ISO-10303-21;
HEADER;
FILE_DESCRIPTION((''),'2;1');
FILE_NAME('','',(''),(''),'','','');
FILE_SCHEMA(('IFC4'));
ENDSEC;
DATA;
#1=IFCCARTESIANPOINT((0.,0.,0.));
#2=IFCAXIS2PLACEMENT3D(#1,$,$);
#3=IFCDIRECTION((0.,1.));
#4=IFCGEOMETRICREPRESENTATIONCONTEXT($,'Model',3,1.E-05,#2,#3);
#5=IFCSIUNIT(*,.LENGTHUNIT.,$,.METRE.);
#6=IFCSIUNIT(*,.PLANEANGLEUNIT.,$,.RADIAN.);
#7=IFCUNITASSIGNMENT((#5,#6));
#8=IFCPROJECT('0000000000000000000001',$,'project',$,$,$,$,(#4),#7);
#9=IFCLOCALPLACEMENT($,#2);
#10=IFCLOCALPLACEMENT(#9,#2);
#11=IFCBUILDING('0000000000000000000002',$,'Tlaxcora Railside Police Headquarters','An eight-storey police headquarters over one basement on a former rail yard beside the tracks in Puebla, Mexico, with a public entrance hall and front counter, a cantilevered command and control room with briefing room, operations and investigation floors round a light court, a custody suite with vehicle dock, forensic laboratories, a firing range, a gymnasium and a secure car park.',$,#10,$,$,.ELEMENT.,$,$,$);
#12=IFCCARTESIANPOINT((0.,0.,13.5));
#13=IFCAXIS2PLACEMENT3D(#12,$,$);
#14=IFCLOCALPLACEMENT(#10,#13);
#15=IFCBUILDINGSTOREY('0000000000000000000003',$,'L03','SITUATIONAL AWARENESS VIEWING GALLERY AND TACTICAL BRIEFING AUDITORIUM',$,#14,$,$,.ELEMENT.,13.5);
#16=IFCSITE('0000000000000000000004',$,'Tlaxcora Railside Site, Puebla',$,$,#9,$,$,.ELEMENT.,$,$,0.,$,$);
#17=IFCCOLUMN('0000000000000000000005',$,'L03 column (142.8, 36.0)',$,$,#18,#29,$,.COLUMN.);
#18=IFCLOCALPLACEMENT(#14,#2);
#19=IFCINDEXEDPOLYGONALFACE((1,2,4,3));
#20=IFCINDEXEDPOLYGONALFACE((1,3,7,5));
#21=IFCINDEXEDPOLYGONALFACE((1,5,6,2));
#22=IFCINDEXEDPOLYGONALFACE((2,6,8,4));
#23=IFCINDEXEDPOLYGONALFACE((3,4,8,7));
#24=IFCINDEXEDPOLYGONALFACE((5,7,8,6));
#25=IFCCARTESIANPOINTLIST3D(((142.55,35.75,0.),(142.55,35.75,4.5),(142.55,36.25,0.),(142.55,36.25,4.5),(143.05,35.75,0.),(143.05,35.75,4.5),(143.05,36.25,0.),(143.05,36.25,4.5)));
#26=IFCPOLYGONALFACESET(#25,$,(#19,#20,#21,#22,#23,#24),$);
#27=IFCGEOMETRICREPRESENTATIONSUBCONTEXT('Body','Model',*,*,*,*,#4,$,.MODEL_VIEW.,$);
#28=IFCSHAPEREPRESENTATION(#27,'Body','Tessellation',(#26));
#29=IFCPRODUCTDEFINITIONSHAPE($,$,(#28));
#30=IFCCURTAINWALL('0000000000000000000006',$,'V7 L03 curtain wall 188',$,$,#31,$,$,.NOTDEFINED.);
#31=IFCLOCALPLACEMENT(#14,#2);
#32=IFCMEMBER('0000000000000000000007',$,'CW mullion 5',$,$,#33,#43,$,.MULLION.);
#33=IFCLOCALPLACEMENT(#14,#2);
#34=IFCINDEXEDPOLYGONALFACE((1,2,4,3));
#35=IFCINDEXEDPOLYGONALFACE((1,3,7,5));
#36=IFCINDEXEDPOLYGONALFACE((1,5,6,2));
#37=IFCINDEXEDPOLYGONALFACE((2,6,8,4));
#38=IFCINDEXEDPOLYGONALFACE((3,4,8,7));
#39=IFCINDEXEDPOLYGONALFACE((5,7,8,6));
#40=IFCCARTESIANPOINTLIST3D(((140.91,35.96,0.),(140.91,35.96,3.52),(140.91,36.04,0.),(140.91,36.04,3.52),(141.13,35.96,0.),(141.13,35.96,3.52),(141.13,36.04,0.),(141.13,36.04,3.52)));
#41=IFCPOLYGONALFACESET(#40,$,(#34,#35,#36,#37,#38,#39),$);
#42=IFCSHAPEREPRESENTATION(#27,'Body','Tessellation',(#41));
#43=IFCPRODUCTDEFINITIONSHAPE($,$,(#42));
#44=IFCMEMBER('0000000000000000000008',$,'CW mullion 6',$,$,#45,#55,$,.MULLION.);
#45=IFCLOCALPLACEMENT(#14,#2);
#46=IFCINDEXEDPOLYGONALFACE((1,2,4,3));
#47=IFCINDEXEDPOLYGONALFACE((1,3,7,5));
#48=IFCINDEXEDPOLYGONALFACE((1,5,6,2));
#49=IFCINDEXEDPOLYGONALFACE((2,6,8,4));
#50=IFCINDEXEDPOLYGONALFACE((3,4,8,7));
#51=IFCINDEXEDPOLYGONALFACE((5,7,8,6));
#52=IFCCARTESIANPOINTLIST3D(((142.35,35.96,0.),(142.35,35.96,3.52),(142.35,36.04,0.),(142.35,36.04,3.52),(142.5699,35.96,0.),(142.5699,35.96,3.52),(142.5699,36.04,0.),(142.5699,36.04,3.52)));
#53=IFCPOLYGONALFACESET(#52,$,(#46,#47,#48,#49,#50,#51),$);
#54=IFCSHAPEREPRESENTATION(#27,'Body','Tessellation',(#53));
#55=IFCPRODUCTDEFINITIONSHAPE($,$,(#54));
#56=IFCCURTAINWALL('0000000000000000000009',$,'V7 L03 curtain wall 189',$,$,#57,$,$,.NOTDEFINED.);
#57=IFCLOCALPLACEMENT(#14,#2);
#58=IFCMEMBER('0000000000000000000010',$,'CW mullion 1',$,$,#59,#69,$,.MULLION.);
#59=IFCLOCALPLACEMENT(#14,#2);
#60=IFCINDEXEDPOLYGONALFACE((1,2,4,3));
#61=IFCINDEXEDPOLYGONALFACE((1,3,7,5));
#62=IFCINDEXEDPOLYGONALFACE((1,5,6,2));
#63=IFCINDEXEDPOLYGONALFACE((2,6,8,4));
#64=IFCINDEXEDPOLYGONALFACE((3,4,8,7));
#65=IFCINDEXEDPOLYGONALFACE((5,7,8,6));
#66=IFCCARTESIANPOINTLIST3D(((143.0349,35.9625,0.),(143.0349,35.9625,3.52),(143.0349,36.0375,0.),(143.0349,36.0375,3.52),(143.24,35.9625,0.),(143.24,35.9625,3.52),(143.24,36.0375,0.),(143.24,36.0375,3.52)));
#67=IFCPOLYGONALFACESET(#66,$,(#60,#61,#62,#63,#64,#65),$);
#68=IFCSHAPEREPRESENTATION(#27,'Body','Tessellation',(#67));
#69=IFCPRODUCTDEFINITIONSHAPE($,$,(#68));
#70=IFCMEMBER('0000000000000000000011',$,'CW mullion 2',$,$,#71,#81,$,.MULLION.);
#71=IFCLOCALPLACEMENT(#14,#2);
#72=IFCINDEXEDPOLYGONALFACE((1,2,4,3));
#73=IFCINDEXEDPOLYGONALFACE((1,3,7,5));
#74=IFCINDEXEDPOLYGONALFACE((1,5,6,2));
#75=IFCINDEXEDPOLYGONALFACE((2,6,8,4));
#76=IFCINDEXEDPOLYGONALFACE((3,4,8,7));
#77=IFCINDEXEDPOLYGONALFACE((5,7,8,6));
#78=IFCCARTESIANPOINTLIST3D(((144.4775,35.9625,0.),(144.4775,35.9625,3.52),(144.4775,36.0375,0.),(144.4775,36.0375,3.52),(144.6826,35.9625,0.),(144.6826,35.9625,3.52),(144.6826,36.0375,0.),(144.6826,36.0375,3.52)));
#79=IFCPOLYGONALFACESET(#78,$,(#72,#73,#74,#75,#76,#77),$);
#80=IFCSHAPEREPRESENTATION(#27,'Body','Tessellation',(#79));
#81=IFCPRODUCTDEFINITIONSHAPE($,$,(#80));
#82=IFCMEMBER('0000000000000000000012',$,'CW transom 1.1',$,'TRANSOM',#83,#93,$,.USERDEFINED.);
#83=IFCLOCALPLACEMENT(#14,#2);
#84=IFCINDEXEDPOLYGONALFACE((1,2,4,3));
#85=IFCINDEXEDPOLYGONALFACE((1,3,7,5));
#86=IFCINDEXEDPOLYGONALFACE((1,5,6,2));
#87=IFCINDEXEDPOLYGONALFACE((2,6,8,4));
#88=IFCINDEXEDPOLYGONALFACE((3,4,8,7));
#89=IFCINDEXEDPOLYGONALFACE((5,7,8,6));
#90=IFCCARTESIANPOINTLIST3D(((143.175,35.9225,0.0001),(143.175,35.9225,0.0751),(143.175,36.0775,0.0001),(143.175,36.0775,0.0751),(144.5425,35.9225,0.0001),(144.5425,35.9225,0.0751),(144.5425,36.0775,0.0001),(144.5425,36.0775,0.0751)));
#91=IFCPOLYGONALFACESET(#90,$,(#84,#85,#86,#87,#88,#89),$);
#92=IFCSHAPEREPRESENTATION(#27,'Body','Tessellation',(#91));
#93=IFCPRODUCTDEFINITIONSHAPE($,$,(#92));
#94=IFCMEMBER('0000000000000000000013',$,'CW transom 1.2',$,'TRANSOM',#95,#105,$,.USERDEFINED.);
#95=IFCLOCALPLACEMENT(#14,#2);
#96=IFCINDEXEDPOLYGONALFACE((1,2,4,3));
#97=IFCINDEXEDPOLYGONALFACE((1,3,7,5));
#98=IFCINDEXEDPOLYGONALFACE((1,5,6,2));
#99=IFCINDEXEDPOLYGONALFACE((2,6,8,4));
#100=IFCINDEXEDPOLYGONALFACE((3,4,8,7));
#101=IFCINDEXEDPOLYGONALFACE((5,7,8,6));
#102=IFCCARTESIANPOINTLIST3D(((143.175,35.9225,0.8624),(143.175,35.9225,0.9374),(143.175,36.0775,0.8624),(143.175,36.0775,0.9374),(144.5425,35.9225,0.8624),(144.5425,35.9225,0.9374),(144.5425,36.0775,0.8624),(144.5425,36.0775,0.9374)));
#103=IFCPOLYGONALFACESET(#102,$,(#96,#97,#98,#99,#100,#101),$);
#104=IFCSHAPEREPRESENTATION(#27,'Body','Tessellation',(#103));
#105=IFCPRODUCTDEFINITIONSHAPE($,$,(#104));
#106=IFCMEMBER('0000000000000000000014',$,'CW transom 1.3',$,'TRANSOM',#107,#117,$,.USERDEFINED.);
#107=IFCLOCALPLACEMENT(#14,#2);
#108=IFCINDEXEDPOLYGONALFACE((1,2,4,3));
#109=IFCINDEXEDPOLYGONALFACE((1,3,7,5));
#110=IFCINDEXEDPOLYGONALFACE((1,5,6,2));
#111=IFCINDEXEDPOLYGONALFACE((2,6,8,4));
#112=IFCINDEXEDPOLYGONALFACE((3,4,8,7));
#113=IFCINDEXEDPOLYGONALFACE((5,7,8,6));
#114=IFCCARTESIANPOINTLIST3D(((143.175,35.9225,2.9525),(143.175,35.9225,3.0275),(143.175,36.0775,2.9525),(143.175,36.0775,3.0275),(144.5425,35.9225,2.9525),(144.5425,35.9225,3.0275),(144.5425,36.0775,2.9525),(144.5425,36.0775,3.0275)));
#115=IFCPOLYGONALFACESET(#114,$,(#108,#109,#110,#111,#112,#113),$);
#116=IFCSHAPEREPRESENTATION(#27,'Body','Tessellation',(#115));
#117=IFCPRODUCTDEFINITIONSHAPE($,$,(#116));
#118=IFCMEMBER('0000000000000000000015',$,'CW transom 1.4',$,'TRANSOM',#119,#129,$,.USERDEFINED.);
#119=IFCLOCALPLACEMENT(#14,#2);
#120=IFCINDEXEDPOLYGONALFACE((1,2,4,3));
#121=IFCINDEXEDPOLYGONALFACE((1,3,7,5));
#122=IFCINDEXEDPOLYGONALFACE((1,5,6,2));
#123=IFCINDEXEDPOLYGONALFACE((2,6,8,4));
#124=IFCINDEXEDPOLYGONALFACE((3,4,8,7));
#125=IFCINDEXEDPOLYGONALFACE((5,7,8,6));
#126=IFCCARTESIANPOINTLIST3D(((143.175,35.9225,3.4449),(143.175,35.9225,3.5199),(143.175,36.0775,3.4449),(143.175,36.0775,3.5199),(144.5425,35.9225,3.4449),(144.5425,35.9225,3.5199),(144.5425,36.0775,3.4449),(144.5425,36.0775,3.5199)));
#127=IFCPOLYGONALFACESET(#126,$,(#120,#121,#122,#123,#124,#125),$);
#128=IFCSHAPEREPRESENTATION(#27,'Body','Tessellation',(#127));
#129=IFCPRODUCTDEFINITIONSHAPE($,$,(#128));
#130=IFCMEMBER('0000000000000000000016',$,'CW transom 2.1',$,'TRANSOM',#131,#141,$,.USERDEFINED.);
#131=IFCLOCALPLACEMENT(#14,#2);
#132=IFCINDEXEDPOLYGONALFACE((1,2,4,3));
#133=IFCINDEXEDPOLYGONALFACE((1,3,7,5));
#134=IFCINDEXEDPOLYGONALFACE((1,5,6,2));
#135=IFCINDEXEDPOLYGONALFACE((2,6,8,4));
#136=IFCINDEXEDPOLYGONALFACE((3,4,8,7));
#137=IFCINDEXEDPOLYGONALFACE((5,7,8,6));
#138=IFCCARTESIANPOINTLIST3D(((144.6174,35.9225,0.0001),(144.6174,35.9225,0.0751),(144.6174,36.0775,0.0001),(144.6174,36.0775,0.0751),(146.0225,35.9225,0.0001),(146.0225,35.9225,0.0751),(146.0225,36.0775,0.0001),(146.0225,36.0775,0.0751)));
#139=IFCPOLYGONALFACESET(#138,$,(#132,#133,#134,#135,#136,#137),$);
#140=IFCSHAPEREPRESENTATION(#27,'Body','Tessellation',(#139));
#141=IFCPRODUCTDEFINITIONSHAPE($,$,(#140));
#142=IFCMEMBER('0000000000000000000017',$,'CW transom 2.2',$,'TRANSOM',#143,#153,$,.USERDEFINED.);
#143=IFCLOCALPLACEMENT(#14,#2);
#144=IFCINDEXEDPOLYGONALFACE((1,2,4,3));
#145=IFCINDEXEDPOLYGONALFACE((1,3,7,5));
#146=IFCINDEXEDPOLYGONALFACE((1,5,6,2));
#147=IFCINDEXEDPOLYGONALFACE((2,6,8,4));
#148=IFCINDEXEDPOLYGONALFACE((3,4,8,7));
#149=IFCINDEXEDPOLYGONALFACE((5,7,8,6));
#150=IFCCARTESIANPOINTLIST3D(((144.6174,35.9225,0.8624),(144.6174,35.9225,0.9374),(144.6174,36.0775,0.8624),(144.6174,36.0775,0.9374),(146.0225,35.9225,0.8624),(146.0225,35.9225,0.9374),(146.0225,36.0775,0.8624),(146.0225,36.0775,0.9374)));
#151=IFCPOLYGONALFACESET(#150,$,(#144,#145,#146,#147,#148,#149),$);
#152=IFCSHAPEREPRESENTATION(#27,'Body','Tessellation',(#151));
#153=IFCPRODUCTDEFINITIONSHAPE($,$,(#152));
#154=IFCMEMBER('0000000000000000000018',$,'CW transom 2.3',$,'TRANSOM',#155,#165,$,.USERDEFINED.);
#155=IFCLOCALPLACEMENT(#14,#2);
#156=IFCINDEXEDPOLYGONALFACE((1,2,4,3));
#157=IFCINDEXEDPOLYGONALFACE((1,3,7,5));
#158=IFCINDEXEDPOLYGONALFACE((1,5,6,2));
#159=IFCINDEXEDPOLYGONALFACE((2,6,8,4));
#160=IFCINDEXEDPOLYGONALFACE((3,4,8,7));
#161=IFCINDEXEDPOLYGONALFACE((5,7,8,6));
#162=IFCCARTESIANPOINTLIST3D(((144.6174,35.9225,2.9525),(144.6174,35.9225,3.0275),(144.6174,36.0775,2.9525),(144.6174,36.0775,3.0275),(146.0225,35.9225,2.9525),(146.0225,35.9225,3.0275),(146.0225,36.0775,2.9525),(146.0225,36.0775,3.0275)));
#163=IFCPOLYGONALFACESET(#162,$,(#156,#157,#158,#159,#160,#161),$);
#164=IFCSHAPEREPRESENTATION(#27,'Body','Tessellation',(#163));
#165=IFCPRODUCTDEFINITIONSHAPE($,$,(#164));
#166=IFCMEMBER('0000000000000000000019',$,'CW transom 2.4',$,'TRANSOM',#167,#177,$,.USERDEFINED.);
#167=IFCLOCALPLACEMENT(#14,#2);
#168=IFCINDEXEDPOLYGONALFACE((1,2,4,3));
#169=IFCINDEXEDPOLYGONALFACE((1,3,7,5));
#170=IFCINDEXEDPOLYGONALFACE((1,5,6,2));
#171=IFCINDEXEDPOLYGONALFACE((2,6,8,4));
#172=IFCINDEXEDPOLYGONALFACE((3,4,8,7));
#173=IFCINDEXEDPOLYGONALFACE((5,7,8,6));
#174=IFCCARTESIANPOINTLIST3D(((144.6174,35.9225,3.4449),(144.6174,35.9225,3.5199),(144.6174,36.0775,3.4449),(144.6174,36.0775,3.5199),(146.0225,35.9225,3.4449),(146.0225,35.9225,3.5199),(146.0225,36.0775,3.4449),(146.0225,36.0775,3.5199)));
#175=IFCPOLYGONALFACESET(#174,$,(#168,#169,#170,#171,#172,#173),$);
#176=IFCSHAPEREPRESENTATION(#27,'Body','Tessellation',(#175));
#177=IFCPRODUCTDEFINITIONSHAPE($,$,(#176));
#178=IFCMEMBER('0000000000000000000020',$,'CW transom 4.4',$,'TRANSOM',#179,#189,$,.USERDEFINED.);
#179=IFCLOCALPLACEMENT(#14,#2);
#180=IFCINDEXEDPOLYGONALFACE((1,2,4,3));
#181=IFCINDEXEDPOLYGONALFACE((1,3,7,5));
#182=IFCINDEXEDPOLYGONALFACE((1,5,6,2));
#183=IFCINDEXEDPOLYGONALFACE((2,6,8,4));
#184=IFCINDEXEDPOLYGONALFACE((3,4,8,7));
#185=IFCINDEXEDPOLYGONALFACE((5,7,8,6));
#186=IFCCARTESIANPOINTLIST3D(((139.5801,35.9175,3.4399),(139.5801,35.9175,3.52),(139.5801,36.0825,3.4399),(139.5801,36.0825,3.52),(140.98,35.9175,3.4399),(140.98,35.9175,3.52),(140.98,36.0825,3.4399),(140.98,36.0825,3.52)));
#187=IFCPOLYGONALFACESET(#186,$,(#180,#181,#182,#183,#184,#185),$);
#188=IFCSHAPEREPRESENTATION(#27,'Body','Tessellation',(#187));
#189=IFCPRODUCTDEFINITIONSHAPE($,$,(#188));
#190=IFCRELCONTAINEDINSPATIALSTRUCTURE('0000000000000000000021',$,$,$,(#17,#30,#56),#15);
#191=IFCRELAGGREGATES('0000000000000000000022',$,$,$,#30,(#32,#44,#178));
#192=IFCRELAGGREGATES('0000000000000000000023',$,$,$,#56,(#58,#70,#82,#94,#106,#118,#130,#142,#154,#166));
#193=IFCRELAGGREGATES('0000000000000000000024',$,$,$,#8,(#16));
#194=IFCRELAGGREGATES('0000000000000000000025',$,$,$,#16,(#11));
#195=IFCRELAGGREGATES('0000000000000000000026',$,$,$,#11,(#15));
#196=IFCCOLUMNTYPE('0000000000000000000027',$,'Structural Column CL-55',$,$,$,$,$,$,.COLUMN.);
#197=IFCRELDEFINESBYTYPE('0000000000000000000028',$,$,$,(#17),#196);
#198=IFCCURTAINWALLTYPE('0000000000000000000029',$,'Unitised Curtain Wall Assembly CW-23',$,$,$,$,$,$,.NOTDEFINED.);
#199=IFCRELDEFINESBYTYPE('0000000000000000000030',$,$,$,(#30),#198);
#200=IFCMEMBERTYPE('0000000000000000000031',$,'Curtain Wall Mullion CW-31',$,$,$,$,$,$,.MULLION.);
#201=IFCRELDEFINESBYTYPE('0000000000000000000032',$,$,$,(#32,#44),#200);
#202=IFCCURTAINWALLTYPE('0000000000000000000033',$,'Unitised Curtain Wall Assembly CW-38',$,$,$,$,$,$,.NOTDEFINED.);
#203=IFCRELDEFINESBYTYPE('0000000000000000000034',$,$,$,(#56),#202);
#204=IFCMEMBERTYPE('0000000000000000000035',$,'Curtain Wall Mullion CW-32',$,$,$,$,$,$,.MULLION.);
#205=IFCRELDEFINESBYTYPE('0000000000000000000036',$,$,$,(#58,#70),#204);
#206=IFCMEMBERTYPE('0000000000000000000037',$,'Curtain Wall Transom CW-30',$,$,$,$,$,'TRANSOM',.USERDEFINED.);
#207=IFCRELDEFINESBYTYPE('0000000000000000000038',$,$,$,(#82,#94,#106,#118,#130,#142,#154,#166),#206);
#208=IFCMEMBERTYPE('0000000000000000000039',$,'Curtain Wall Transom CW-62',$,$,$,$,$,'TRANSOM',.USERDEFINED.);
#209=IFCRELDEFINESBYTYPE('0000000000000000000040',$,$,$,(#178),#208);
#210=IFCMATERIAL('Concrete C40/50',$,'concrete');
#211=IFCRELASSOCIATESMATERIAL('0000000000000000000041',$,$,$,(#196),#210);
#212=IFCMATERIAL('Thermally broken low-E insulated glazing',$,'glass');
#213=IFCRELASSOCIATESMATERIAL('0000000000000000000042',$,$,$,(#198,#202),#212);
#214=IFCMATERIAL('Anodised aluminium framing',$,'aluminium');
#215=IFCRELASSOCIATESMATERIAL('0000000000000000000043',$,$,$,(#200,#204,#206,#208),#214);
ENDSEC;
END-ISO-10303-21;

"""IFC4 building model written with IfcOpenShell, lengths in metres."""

from ifc_helpers import new_model, si_unit, direction, frame, origin, origin_2d, place, context, subcontext, project, spatial, rectangle, extrude, material, material_profile, profile_set, type_object, element, aggregate, save


model = new_model("IFC4")

# Units and contexts
model_context = context("Model", 3, precision=1e-05, world=origin(), true_north=direction((0.0, 1.0)))
body_context = subcontext(model_context, "Body", "Model", "MODEL_VIEW")
ifc_project = project(units=[si_unit("LENGTHUNIT", "METRE"), si_unit("PLANEANGLEUNIT", "RADIAN")], contexts=[model_context])

# Site, building, storey
site_placement = place(None, origin())
site = spatial("IfcSite", under=ifc_project, at=site_placement, Name="Tlaxcora Railside Site, Puebla", CompositionType="ELEMENT", RefElevation=0.0)
building_placement = place(site_placement, origin())
building = spatial("IfcBuilding", under=site, at=building_placement, Name="Tlaxcora Railside Police Headquarters", Description="An eight-storey police headquarters over one basement on a former rail yard beside the tracks in Puebla, Mexico, with a public entrance hall and front counter, a cantilevered command and control room with briefing room, operations and investigation floors round a light court, a custody suite with vehicle dock, forensic laboratories, a firing range, a gymnasium and a secure car park.", CompositionType="ELEMENT")
storey_placement = place(building_placement, frame((0.0, 0.0, 13.5)))
storey = spatial("IfcBuildingStorey", under=building, at=storey_placement, Name="L03", Description="SITUATIONAL AWARENESS VIEWING GALLERY AND TACTICAL BRIEFING AUDITORIUM", CompositionType="ELEMENT", Elevation=13.5)

# Column
ifc_material_1 = material(Name="Concrete C40/50", Category="concrete")
ifc_material_profile_1 = material_profile(ifc_material_1, rectangle(XDim=0.5, YDim=0.5, at=origin_2d()), Name="RC500X500")
ifc_profile_set_1 = profile_set([ifc_material_profile_1], Name="Concrete C40/50")
column_type = type_object("IfcColumnType", Name="Structural Column CL-55", PredefinedType="COLUMN", material=ifc_profile_set_1)
column_placement = place(storey_placement, frame((142.8, 36.0, 0.0), z_axis=(0.0, 0.0, 1.0), x_axis=(1.0, 0.0, 0.0)))
element("IfcColumn", 1, at=column_placement, inside=storey, type_object=column_type, Name="L03 column (142.8, 36.0)", PredefinedType="COLUMN", context=body_context, shape_type="SweptSolid", body=[
    extrude(rectangle(XDim=0.5, YDim=0.5, at=origin_2d()), origin(), (0.0, 0.0, 1.0), 4.5),
])

# Curtain walls, members
ifc_material_2 = material(Name="Thermally broken low-E insulated glazing", Category="glass")
curtain_wall_type_1 = type_object("IfcCurtainWallType", Name="Unitised Curtain Wall Assembly CW-23", PredefinedType="NOTDEFINED", material=ifc_material_2)
curtain_wall_1_placement = place(storey_placement, origin())
curtain_wall_1 = element("IfcCurtainWall", 2, at=curtain_wall_1_placement, inside=storey, type_object=curtain_wall_type_1, Name="V7 L03 curtain wall 188", PredefinedType="NOTDEFINED")
ifc_material_3 = material(Name="Anodised aluminium framing", Category="aluminium")
ifc_material_profile_2 = material_profile(ifc_material_3, rectangle(XDim=0.0801, YDim=0.22, at=origin_2d()), Name="AL80X220")
ifc_profile_set_2 = profile_set([ifc_material_profile_2], Name="Anodised aluminium framing")
member_type_1 = type_object("IfcMemberType", Name="Curtain Wall Mullion CW-31", PredefinedType="MULLION", material=ifc_profile_set_2)
member_1_placement = place(storey_placement, frame((141.02, 36.0, 0.0), z_axis=(0.0, 0.0, 1.0), x_axis=(0.0, 1.0, 0.0)))
member_1 = element("IfcMember", 3, at=member_1_placement, type_object=member_type_1, Name="CW mullion 5", PredefinedType="MULLION", context=body_context, shape_type="SweptSolid", body=[
    extrude(rectangle(XDim=0.0801, YDim=0.22, at=origin_2d()), origin(), (0.0, 0.0, 1.0), 3.52),
])
member_2_placement = place(storey_placement, frame((142.46, 36.0, 0.0), z_axis=(0.0, 0.0, 1.0), x_axis=(0.0, 1.0, 0.0)))
member_2 = element("IfcMember", 4, at=member_2_placement, type_object=member_type_1, Name="CW mullion 6", PredefinedType="MULLION", context=body_context, shape_type="SweptSolid", body=[
    extrude(rectangle(XDim=0.0801, YDim=0.22, at=origin_2d()), origin(), (0.0, 0.0, 1.0), 3.52),
])
curtain_wall_type_2 = type_object("IfcCurtainWallType", Name="Unitised Curtain Wall Assembly CW-38", PredefinedType="NOTDEFINED", material=ifc_material_2)
curtain_wall_2_placement = place(storey_placement, origin())
curtain_wall_2 = element("IfcCurtainWall", 5, at=curtain_wall_2_placement, inside=storey, type_object=curtain_wall_type_2, Name="V7 L03 curtain wall 189", PredefinedType="NOTDEFINED")
ifc_material_profile_3 = material_profile(ifc_material_3, rectangle(XDim=0.075, YDim=0.2051, at=origin_2d()), Name="AL75X205")
ifc_profile_set_3 = profile_set([ifc_material_profile_3], Name="Anodised aluminium framing")
member_type_2 = type_object("IfcMemberType", Name="Curtain Wall Mullion CW-32", PredefinedType="MULLION", material=ifc_profile_set_3)
member_3_placement = place(storey_placement, frame((143.1375, 36.0, 0.0), z_axis=(0.0, 0.0, 1.0), x_axis=(0.0, 1.0, 0.0)))
member_3 = element("IfcMember", 6, at=member_3_placement, type_object=member_type_2, Name="CW mullion 1", PredefinedType="MULLION", context=body_context, shape_type="SweptSolid", body=[
    extrude(rectangle(XDim=0.075, YDim=0.2051, at=origin_2d()), origin(), (0.0, 0.0, 1.0), 3.52),
])
member_4_placement = place(storey_placement, frame((144.5801, 36.0, 0.0), z_axis=(0.0, 0.0, 1.0), x_axis=(0.0, 1.0, 0.0)))
member_4 = element("IfcMember", 7, at=member_4_placement, type_object=member_type_2, Name="CW mullion 2", PredefinedType="MULLION", context=body_context, shape_type="SweptSolid", body=[
    extrude(rectangle(XDim=0.075, YDim=0.2051, at=origin_2d()), origin(), (0.0, 0.0, 1.0), 3.52),
])
ifc_material_profile_4 = material_profile(ifc_material_3, rectangle(XDim=0.155, YDim=0.075, at=origin_2d()), Name="AL75X155")
ifc_profile_set_4 = profile_set([ifc_material_profile_4], Name="Anodised aluminium framing")
member_type_3 = type_object("IfcMemberType", Name="Curtain Wall Transom CW-30", ElementType="TRANSOM", PredefinedType="USERDEFINED", material=ifc_profile_set_4)
member_5_placement = place(storey_placement, frame((143.175, 36.0, 0.0376), z_axis=(1.0, 0.0, 0.0), x_axis=(0.0, 1.0, 0.0)))
member_5 = element("IfcMember", 8, at=member_5_placement, type_object=member_type_3, Name="CW transom 1.1", ObjectType="TRANSOM", PredefinedType="USERDEFINED", context=body_context, shape_type="SweptSolid", body=[
    extrude(rectangle(XDim=0.155, YDim=0.075, at=origin_2d()), origin(), (0.0, 0.0, 1.0), 1.3674),
])
member_6_placement = place(storey_placement, frame((143.175, 36.0, 0.8999), z_axis=(1.0, 0.0, 0.0), x_axis=(0.0, 1.0, 0.0)))
member_6 = element("IfcMember", 9, at=member_6_placement, type_object=member_type_3, Name="CW transom 1.2", ObjectType="TRANSOM", PredefinedType="USERDEFINED", context=body_context, shape_type="SweptSolid", body=[
    extrude(rectangle(XDim=0.155, YDim=0.075, at=origin_2d()), origin(), (0.0, 0.0, 1.0), 1.3674),
])
member_7_placement = place(storey_placement, frame((143.175, 36.0, 2.99), z_axis=(1.0, 0.0, 0.0), x_axis=(0.0, 1.0, 0.0)))
member_7 = element("IfcMember", 10, at=member_7_placement, type_object=member_type_3, Name="CW transom 1.3", ObjectType="TRANSOM", PredefinedType="USERDEFINED", context=body_context, shape_type="SweptSolid", body=[
    extrude(rectangle(XDim=0.155, YDim=0.075, at=origin_2d()), origin(), (0.0, 0.0, 1.0), 1.3674),
])
member_8_placement = place(storey_placement, frame((143.175, 36.0, 3.4824), z_axis=(1.0, 0.0, 0.0), x_axis=(0.0, 1.0, 0.0)))
member_8 = element("IfcMember", 11, at=member_8_placement, type_object=member_type_3, Name="CW transom 1.4", ObjectType="TRANSOM", PredefinedType="USERDEFINED", context=body_context, shape_type="SweptSolid", body=[
    extrude(rectangle(XDim=0.155, YDim=0.075, at=origin_2d()), origin(), (0.0, 0.0, 1.0), 1.3674),
])
member_9_placement = place(storey_placement, frame((144.6174, 36.0, 0.0376), z_axis=(1.0, 0.0, 0.0), x_axis=(0.0, 1.0, 0.0)))
member_9 = element("IfcMember", 12, at=member_9_placement, type_object=member_type_3, Name="CW transom 2.1", ObjectType="TRANSOM", PredefinedType="USERDEFINED", context=body_context, shape_type="SweptSolid", body=[
    extrude(rectangle(XDim=0.155, YDim=0.075, at=origin_2d()), origin(), (0.0, 0.0, 1.0), 1.405),
])
member_10_placement = place(storey_placement, frame((144.6174, 36.0, 0.8999), z_axis=(1.0, 0.0, 0.0), x_axis=(0.0, 1.0, 0.0)))
member_10 = element("IfcMember", 13, at=member_10_placement, type_object=member_type_3, Name="CW transom 2.2", ObjectType="TRANSOM", PredefinedType="USERDEFINED", context=body_context, shape_type="SweptSolid", body=[
    extrude(rectangle(XDim=0.155, YDim=0.075, at=origin_2d()), origin(), (0.0, 0.0, 1.0), 1.405),
])
member_11_placement = place(storey_placement, frame((144.6174, 36.0, 2.99), z_axis=(1.0, 0.0, 0.0), x_axis=(0.0, 1.0, 0.0)))
member_11 = element("IfcMember", 14, at=member_11_placement, type_object=member_type_3, Name="CW transom 2.3", ObjectType="TRANSOM", PredefinedType="USERDEFINED", context=body_context, shape_type="SweptSolid", body=[
    extrude(rectangle(XDim=0.155, YDim=0.075, at=origin_2d()), origin(), (0.0, 0.0, 1.0), 1.405),
])
member_12_placement = place(storey_placement, frame((144.6174, 36.0, 3.4824), z_axis=(1.0, 0.0, 0.0), x_axis=(0.0, 1.0, 0.0)))
member_12 = element("IfcMember", 15, at=member_12_placement, type_object=member_type_3, Name="CW transom 2.4", ObjectType="TRANSOM", PredefinedType="USERDEFINED", context=body_context, shape_type="SweptSolid", body=[
    extrude(rectangle(XDim=0.155, YDim=0.075, at=origin_2d()), origin(), (0.0, 0.0, 1.0), 1.405),
])

# Member
ifc_material_profile_5 = material_profile(ifc_material_3, rectangle(XDim=0.165, YDim=0.0801, at=origin_2d()), Name="AL80X165")
ifc_profile_set_5 = profile_set([ifc_material_profile_5], Name="Anodised aluminium framing")
member_type_4 = type_object("IfcMemberType", Name="Curtain Wall Transom CW-62", ElementType="TRANSOM", PredefinedType="USERDEFINED", material=ifc_profile_set_5)
member_13_placement = place(storey_placement, frame((139.5801, 36.0, 3.48), z_axis=(1.0, 0.0, 0.0), x_axis=(0.0, 1.0, 0.0)))
member_13 = element("IfcMember", 16, at=member_13_placement, type_object=member_type_4, Name="CW transom 4.4", ObjectType="TRANSOM", PredefinedType="USERDEFINED", context=body_context, shape_type="SweptSolid", body=[
    extrude(rectangle(XDim=0.165, YDim=0.0801, at=origin_2d()), origin(), (0.0, 0.0, 1.0), 1.3999),
])

aggregate(curtain_wall_1, [member_1, member_2, member_13])
aggregate(curtain_wall_2, [member_3, member_4, member_5, member_6, member_7, member_8, member_9, member_10, member_11, member_12])

save(model, "model.ifc")
